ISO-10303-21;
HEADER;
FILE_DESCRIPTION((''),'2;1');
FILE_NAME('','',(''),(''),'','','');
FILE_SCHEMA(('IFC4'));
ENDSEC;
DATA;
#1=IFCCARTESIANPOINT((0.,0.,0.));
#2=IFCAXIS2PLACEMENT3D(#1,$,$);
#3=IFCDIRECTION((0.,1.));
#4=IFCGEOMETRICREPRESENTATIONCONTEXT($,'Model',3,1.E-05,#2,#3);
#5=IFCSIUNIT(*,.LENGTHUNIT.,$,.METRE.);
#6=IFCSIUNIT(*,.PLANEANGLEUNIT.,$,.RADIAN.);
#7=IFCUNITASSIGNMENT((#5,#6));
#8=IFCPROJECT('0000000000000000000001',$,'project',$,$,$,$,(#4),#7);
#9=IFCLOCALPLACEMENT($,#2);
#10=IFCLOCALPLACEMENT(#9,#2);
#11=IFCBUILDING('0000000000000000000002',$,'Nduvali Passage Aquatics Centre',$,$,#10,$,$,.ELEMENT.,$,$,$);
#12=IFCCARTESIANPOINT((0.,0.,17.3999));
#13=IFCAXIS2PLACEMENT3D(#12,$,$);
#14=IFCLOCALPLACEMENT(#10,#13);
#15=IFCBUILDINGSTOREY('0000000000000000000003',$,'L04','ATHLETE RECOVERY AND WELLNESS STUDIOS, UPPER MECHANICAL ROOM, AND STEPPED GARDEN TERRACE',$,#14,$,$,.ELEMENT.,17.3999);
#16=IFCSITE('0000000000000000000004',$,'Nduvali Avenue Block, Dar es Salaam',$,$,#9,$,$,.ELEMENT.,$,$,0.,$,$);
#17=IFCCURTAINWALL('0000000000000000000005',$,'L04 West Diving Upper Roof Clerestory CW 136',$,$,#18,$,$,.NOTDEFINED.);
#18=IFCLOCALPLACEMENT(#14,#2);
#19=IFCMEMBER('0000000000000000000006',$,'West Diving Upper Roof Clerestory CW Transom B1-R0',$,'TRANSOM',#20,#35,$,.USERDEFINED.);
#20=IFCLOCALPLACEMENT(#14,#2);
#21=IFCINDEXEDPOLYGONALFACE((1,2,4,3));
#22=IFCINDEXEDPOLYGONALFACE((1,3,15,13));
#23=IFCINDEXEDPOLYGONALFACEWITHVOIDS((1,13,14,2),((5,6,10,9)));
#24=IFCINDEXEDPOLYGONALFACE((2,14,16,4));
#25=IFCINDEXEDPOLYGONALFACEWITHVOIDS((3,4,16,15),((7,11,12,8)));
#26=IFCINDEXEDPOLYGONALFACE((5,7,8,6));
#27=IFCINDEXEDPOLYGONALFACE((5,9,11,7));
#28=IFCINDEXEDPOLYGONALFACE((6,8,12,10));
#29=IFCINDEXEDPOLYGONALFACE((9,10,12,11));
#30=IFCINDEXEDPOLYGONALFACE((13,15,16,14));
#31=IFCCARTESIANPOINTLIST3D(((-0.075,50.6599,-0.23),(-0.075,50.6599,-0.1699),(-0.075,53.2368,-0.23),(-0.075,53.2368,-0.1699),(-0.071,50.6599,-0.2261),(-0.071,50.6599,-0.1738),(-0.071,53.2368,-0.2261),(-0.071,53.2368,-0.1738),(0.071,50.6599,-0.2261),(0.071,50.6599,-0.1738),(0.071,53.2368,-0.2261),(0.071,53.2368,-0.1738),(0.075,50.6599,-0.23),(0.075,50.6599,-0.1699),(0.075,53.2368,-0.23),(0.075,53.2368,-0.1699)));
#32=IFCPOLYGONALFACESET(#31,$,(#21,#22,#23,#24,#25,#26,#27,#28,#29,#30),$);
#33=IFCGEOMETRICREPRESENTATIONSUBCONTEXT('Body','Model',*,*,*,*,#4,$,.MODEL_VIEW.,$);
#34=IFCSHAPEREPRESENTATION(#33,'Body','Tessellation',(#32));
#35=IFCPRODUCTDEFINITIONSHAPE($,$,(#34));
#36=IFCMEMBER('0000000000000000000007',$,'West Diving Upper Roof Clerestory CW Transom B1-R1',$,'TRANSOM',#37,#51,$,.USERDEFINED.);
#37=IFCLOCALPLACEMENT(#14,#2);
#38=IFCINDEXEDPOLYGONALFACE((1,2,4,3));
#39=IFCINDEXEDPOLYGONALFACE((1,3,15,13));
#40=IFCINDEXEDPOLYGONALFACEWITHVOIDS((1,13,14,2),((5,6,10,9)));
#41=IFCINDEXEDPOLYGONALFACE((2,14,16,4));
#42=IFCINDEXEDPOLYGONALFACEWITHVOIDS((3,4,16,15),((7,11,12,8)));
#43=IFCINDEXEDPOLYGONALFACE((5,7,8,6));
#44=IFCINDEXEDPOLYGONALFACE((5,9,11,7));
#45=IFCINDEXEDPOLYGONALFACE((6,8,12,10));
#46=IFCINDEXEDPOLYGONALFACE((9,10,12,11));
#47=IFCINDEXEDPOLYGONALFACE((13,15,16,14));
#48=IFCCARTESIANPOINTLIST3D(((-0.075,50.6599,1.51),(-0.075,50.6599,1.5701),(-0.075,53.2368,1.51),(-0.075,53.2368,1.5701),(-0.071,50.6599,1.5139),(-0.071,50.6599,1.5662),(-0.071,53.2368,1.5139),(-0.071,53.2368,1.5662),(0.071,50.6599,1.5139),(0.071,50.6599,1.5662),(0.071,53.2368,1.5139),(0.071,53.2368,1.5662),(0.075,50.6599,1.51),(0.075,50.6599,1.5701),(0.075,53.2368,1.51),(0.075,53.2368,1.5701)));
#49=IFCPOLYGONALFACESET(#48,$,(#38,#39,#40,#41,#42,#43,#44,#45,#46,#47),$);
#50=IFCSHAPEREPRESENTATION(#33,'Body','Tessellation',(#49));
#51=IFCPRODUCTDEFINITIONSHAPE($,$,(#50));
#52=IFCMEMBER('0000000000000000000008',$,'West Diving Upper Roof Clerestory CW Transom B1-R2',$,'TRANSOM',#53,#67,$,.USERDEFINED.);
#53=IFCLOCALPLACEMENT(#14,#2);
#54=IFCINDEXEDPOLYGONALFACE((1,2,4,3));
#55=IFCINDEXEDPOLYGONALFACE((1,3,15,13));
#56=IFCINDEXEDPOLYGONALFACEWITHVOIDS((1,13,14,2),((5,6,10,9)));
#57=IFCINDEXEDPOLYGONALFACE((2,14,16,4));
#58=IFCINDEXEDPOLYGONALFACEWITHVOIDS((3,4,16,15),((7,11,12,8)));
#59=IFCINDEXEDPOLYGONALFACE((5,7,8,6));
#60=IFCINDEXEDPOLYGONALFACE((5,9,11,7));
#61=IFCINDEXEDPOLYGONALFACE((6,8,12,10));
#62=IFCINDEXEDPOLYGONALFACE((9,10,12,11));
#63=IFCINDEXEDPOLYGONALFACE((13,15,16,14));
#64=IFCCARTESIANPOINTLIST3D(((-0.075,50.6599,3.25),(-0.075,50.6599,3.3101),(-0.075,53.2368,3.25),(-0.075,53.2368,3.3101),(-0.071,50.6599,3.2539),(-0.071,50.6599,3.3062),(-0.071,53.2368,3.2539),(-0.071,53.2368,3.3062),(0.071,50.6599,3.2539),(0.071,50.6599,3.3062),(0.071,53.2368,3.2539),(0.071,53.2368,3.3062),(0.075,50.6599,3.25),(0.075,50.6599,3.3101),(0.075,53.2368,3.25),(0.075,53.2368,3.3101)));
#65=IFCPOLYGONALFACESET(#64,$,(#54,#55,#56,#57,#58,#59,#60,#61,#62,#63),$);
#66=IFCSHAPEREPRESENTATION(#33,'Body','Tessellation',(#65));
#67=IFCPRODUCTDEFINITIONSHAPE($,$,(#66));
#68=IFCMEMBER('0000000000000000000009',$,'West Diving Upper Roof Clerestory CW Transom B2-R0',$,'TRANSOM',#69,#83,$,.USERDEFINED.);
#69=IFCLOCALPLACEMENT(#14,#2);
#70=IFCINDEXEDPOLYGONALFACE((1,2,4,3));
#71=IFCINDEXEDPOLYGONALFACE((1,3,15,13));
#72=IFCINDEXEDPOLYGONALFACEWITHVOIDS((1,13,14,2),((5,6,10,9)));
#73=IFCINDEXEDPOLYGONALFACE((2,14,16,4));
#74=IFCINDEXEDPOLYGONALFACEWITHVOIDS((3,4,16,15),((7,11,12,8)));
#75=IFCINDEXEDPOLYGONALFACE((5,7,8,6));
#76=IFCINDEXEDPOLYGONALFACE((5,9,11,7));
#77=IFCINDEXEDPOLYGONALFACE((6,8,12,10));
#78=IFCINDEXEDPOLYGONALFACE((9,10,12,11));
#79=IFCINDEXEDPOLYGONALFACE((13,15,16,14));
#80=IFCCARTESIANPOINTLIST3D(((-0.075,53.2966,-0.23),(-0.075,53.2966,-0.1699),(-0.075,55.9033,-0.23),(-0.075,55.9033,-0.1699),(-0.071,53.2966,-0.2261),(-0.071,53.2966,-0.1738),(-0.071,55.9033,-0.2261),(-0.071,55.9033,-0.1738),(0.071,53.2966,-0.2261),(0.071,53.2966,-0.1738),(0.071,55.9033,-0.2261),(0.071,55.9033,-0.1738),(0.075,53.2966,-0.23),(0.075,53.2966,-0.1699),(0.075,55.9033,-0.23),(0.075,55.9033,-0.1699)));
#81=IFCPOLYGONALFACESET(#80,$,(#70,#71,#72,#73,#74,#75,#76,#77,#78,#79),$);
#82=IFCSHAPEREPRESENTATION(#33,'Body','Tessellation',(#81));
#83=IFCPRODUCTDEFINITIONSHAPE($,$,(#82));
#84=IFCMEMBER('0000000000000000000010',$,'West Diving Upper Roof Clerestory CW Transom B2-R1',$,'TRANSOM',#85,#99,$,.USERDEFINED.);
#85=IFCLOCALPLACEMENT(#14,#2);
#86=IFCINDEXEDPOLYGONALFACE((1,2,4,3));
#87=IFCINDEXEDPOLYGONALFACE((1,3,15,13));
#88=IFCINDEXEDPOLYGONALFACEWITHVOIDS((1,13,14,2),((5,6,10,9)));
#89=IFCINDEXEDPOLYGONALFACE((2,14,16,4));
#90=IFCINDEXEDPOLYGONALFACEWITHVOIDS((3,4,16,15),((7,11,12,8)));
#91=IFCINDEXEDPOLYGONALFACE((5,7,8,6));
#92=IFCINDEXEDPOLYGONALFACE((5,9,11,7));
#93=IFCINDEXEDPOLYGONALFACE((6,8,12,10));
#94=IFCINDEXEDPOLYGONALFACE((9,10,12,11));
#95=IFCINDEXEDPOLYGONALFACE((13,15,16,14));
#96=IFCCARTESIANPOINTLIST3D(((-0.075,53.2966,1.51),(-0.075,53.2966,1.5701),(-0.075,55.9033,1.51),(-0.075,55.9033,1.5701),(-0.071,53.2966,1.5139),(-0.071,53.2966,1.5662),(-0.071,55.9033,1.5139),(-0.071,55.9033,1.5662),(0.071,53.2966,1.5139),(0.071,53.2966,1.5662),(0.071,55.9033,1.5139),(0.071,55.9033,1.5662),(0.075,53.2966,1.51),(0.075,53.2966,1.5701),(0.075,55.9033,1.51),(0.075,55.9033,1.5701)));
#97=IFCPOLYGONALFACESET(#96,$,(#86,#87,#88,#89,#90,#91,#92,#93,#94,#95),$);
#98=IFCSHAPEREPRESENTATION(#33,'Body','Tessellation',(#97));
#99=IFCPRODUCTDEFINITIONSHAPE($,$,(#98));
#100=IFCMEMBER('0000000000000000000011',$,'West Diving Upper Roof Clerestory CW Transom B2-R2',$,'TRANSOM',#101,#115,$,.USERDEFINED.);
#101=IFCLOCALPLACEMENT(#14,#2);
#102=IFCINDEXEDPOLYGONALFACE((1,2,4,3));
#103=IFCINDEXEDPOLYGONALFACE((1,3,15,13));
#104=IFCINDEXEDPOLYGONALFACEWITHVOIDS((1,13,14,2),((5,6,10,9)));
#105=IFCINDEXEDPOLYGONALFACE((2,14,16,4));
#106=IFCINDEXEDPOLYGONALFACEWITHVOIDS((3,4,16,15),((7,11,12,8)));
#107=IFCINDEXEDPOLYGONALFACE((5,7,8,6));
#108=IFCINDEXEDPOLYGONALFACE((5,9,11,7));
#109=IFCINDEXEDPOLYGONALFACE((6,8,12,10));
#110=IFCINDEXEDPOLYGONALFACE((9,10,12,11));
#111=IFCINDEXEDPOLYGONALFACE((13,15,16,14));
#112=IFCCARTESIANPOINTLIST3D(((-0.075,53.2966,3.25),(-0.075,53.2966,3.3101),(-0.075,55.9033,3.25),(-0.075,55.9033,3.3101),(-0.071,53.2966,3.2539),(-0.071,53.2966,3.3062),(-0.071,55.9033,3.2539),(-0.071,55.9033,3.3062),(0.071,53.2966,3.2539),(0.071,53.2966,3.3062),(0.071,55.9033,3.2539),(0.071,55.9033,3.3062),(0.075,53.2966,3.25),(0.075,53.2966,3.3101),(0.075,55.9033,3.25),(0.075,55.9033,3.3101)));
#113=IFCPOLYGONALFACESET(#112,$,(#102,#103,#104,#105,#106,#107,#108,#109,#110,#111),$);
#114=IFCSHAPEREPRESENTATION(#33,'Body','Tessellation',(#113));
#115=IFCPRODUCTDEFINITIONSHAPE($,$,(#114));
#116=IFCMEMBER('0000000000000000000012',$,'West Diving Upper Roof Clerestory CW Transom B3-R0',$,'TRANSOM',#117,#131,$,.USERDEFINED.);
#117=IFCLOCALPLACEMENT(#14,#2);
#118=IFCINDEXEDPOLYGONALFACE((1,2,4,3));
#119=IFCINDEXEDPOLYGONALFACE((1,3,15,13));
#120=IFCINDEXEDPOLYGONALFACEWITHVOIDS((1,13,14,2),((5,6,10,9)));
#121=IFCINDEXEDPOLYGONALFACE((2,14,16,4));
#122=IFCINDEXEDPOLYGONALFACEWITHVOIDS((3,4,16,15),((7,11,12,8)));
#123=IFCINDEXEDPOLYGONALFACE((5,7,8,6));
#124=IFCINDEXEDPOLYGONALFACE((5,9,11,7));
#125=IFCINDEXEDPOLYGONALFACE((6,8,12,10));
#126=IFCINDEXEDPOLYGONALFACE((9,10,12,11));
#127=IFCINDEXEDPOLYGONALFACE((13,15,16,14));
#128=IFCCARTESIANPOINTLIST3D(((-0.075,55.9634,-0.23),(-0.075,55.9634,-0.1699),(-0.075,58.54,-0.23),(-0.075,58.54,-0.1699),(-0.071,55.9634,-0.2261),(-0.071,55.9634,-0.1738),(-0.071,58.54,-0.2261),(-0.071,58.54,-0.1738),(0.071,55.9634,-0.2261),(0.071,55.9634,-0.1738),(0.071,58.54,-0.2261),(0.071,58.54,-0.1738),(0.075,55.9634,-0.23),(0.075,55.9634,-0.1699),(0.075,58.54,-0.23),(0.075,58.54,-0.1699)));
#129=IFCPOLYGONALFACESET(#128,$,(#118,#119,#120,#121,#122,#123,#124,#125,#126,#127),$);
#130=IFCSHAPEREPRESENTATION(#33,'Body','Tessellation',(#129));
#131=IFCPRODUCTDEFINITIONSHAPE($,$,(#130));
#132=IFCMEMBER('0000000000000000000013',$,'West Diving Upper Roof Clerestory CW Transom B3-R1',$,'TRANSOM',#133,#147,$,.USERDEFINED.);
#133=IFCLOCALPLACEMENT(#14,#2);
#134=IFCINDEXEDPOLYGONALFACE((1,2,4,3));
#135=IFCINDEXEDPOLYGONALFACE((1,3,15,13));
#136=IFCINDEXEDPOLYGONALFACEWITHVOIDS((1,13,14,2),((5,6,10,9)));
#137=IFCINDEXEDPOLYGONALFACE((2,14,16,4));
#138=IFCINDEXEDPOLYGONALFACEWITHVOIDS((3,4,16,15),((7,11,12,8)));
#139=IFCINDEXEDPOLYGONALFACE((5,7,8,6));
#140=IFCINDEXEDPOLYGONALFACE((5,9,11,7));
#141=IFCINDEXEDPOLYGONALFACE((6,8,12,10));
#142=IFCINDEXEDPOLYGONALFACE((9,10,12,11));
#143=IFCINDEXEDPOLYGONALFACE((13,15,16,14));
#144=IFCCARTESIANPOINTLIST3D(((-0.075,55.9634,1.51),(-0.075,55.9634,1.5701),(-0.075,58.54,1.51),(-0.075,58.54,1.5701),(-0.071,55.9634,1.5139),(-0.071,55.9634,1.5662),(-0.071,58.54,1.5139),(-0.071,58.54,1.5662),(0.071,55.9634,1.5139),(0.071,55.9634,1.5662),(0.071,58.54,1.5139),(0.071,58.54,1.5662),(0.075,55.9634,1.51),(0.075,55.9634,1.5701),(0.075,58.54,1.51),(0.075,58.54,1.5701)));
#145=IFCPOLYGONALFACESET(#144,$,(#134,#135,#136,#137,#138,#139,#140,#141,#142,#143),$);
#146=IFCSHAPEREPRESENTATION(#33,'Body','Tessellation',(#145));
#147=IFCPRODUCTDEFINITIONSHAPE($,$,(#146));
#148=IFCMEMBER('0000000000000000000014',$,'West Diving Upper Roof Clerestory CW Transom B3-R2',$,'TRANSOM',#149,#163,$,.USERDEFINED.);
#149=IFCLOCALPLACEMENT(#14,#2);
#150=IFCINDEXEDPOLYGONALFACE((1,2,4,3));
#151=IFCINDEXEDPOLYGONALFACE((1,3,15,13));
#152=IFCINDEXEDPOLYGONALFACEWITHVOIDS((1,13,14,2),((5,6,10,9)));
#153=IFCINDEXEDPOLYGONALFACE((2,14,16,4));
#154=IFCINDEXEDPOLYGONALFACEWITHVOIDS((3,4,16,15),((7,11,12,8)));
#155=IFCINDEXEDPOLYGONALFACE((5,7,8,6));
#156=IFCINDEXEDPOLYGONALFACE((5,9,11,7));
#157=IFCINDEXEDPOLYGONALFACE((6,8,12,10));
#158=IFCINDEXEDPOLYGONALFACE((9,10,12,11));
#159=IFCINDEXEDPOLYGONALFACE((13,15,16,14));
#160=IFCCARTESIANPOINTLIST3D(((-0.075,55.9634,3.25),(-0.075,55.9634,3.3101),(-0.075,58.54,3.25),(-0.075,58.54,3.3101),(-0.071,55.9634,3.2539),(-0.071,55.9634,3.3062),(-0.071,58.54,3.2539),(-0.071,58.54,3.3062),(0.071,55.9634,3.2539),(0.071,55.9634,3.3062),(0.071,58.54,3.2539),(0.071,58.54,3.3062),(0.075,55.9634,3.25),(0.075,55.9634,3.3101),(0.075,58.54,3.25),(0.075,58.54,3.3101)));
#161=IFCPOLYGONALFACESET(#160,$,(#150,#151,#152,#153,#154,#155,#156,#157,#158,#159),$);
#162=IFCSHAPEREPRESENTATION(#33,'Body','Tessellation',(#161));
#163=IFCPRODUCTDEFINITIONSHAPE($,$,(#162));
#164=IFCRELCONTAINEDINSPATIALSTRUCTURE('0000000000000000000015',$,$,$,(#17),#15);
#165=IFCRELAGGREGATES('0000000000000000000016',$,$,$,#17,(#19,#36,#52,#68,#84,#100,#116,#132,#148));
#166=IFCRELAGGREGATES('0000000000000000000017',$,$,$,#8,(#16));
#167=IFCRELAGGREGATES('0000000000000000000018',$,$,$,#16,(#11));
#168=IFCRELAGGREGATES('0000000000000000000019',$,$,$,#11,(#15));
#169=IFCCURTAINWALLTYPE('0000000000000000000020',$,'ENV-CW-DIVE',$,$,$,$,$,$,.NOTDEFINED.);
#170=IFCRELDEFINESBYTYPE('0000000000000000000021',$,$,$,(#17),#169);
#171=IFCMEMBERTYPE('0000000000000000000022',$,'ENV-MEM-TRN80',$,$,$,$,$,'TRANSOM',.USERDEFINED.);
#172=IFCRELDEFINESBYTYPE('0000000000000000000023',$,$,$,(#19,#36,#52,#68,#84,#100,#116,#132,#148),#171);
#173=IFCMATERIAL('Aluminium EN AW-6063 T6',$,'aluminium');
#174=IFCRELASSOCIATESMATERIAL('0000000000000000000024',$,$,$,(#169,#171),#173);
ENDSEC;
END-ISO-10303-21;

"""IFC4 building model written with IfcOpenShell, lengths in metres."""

from ifc_helpers import new_model, si_unit, direction, frame, origin, origin_2d, place, context, subcontext, project, spatial, hollow_rectangle, extrude, material, material_profile, profile_set, type_object, element, aggregate, save


model = new_model("IFC4")

# Units and contexts
model_context = context("Model", 3, precision=1e-05, world=origin(), true_north=direction((0.0, 1.0)))
body_context = subcontext(model_context, "Body", "Model", "MODEL_VIEW")
ifc_project = project(units=[si_unit("LENGTHUNIT", "METRE"), si_unit("PLANEANGLEUNIT", "RADIAN")], contexts=[model_context])

# Site, building, storey
site_placement = place(None, origin())
site = spatial("IfcSite", under=ifc_project, at=site_placement, Name="Nduvali Avenue Block, Dar es Salaam", CompositionType="ELEMENT", RefElevation=0.0)
building_placement = place(site_placement, origin())
building = spatial("IfcBuilding", under=site, at=building_placement, Name="Nduvali Passage Aquatics Centre", CompositionType="ELEMENT")
storey_placement = place(building_placement, frame((0.0, 0.0, 17.3999)))
storey = spatial("IfcBuildingStorey", under=building, at=storey_placement, Name="L04", Description="ATHLETE RECOVERY AND WELLNESS STUDIOS, UPPER MECHANICAL ROOM, AND STEPPED GARDEN TERRACE", CompositionType="ELEMENT", Elevation=17.3999)

# Curtain wall
ifc_material_1 = material(Name="Aluminium EN AW-6063 T6", Category="aluminium")
curtain_wall_type = type_object("IfcCurtainWallType", Name="ENV-CW-DIVE", PredefinedType="NOTDEFINED", material=ifc_material_1)
curtain_wall_1_placement = place(storey_placement, origin())
curtain_wall_1 = element("IfcCurtainWall", 1, at=curtain_wall_1_placement, inside=storey, type_object=curtain_wall_type, Name="L04 West Diving Upper Roof Clerestory CW 136", PredefinedType="NOTDEFINED")

# Members
ifc_material_profile_1 = material_profile(ifc_material_1, hollow_rectangle(XDim=0.1499, YDim=0.0601, WallThickness=0.0039, at=origin_2d()), Name="ALU TRANSOM 150x60x4")
ifc_profile_set_1 = profile_set([ifc_material_profile_1], Name="Aluminium EN AW-6063 T6")
member_type_1 = type_object("IfcMemberType", Name="ENV-MEM-TRN80", ElementType="TRANSOM", PredefinedType="USERDEFINED", material=ifc_profile_set_1)
member_1_placement = place(storey_placement, frame((0.0, 50.6599, -0.2), z_axis=(0.0, 1.0, 0.0), x_axis=(-1.0, 0.0, 0.0)))
member_1 = element("IfcMember", 2, at=member_1_placement, type_object=member_type_1, Name="West Diving Upper Roof Clerestory CW Transom B1-R0", ObjectType="TRANSOM", PredefinedType="USERDEFINED", context=body_context, shape_type="SweptSolid", body=[
    extrude(hollow_rectangle(XDim=0.1499, YDim=0.0601, WallThickness=0.0039, at=origin_2d()), origin(), (0.0, 0.0, 1.0), 2.5769),
])
member_2_placement = place(storey_placement, frame((0.0, 50.6599, 1.54), z_axis=(0.0, 1.0, 0.0), x_axis=(-1.0, 0.0, 0.0)))
member_2 = element("IfcMember", 3, at=member_2_placement, type_object=member_type_1, Name="West Diving Upper Roof Clerestory CW Transom B1-R1", ObjectType="TRANSOM", PredefinedType="USERDEFINED", context=body_context, shape_type="SweptSolid", body=[
    extrude(hollow_rectangle(XDim=0.1499, YDim=0.0601, WallThickness=0.0039, at=origin_2d()), origin(), (0.0, 0.0, 1.0), 2.5769),
])
member_3_placement = place(storey_placement, frame((0.0, 50.6599, 3.28), z_axis=(0.0, 1.0, 0.0), x_axis=(-1.0, 0.0, 0.0)))
member_3 = element("IfcMember", 4, at=member_3_placement, type_object=member_type_1, Name="West Diving Upper Roof Clerestory CW Transom B1-R2", ObjectType="TRANSOM", PredefinedType="USERDEFINED", context=body_context, shape_type="SweptSolid", body=[
    extrude(hollow_rectangle(XDim=0.1499, YDim=0.0601, WallThickness=0.0039, at=origin_2d()), origin(), (0.0, 0.0, 1.0), 2.5769),
])
member_4_placement = place(storey_placement, frame((0.0, 53.2966, -0.2), z_axis=(0.0, 1.0, 0.0), x_axis=(-1.0, 0.0, 0.0)))
member_4 = element("IfcMember", 5, at=member_4_placement, type_object=member_type_1, Name="West Diving Upper Roof Clerestory CW Transom B2-R0", ObjectType="TRANSOM", PredefinedType="USERDEFINED", context=body_context, shape_type="SweptSolid", body=[
    extrude(hollow_rectangle(XDim=0.1499, YDim=0.0601, WallThickness=0.0039, at=origin_2d()), origin(), (0.0, 0.0, 1.0), 2.6067),
])
member_5_placement = place(storey_placement, frame((0.0, 53.2966, 1.54), z_axis=(0.0, 1.0, 0.0), x_axis=(-1.0, 0.0, 0.0)))
member_5 = element("IfcMember", 6, at=member_5_placement, type_object=member_type_1, Name="West Diving Upper Roof Clerestory CW Transom B2-R1", ObjectType="TRANSOM", PredefinedType="USERDEFINED", context=body_context, shape_type="SweptSolid", body=[
    extrude(hollow_rectangle(XDim=0.1499, YDim=0.0601, WallThickness=0.0039, at=origin_2d()), origin(), (0.0, 0.0, 1.0), 2.6067),
])
member_6_placement = place(storey_placement, frame((0.0, 53.2966, 3.28), z_axis=(0.0, 1.0, 0.0), x_axis=(-1.0, 0.0, 0.0)))
member_6 = element("IfcMember", 7, at=member_6_placement, type_object=member_type_1, Name="West Diving Upper Roof Clerestory CW Transom B2-R2", ObjectType="TRANSOM", PredefinedType="USERDEFINED", context=body_context, shape_type="SweptSolid", body=[
    extrude(hollow_rectangle(XDim=0.1499, YDim=0.0601, WallThickness=0.0039, at=origin_2d()), origin(), (0.0, 0.0, 1.0), 2.6067),
])
member_7_placement = place(storey_placement, frame((0.0, 55.9634, -0.2), z_axis=(0.0, 1.0, 0.0), x_axis=(-1.0, 0.0, 0.0)))
member_7 = element("IfcMember", 8, at=member_7_placement, type_object=member_type_1, Name="West Diving Upper Roof Clerestory CW Transom B3-R0", ObjectType="TRANSOM", PredefinedType="USERDEFINED", context=body_context, shape_type="SweptSolid", body=[
    extrude(hollow_rectangle(XDim=0.1499, YDim=0.0601, WallThickness=0.0039, at=origin_2d()), origin(), (0.0, 0.0, 1.0), 2.5767),
])
member_8_placement = place(storey_placement, frame((0.0, 55.9634, 1.54), z_axis=(0.0, 1.0, 0.0), x_axis=(-1.0, 0.0, 0.0)))
member_8 = element("IfcMember", 9, at=member_8_placement, type_object=member_type_1, Name="West Diving Upper Roof Clerestory CW Transom B3-R1", ObjectType="TRANSOM", PredefinedType="USERDEFINED", context=body_context, shape_type="SweptSolid", body=[
    extrude(hollow_rectangle(XDim=0.1499, YDim=0.0601, WallThickness=0.0039, at=origin_2d()), origin(), (0.0, 0.0, 1.0), 2.5767),
])
member_9_placement = place(storey_placement, frame((0.0, 55.9634, 3.28), z_axis=(0.0, 1.0, 0.0), x_axis=(-1.0, 0.0, 0.0)))
member_9 = element("IfcMember", 10, at=member_9_placement, type_object=member_type_1, Name="West Diving Upper Roof Clerestory CW Transom B3-R2", ObjectType="TRANSOM", PredefinedType="USERDEFINED", context=body_context, shape_type="SweptSolid", body=[
    extrude(hollow_rectangle(XDim=0.1499, YDim=0.0601, WallThickness=0.0039, at=origin_2d()), origin(), (0.0, 0.0, 1.0), 2.5767),
])

aggregate(curtain_wall_1, [member_1, member_2, member_3, member_4, member_5, member_6, member_7, member_8, member_9])

save(model, "model.ifc")
